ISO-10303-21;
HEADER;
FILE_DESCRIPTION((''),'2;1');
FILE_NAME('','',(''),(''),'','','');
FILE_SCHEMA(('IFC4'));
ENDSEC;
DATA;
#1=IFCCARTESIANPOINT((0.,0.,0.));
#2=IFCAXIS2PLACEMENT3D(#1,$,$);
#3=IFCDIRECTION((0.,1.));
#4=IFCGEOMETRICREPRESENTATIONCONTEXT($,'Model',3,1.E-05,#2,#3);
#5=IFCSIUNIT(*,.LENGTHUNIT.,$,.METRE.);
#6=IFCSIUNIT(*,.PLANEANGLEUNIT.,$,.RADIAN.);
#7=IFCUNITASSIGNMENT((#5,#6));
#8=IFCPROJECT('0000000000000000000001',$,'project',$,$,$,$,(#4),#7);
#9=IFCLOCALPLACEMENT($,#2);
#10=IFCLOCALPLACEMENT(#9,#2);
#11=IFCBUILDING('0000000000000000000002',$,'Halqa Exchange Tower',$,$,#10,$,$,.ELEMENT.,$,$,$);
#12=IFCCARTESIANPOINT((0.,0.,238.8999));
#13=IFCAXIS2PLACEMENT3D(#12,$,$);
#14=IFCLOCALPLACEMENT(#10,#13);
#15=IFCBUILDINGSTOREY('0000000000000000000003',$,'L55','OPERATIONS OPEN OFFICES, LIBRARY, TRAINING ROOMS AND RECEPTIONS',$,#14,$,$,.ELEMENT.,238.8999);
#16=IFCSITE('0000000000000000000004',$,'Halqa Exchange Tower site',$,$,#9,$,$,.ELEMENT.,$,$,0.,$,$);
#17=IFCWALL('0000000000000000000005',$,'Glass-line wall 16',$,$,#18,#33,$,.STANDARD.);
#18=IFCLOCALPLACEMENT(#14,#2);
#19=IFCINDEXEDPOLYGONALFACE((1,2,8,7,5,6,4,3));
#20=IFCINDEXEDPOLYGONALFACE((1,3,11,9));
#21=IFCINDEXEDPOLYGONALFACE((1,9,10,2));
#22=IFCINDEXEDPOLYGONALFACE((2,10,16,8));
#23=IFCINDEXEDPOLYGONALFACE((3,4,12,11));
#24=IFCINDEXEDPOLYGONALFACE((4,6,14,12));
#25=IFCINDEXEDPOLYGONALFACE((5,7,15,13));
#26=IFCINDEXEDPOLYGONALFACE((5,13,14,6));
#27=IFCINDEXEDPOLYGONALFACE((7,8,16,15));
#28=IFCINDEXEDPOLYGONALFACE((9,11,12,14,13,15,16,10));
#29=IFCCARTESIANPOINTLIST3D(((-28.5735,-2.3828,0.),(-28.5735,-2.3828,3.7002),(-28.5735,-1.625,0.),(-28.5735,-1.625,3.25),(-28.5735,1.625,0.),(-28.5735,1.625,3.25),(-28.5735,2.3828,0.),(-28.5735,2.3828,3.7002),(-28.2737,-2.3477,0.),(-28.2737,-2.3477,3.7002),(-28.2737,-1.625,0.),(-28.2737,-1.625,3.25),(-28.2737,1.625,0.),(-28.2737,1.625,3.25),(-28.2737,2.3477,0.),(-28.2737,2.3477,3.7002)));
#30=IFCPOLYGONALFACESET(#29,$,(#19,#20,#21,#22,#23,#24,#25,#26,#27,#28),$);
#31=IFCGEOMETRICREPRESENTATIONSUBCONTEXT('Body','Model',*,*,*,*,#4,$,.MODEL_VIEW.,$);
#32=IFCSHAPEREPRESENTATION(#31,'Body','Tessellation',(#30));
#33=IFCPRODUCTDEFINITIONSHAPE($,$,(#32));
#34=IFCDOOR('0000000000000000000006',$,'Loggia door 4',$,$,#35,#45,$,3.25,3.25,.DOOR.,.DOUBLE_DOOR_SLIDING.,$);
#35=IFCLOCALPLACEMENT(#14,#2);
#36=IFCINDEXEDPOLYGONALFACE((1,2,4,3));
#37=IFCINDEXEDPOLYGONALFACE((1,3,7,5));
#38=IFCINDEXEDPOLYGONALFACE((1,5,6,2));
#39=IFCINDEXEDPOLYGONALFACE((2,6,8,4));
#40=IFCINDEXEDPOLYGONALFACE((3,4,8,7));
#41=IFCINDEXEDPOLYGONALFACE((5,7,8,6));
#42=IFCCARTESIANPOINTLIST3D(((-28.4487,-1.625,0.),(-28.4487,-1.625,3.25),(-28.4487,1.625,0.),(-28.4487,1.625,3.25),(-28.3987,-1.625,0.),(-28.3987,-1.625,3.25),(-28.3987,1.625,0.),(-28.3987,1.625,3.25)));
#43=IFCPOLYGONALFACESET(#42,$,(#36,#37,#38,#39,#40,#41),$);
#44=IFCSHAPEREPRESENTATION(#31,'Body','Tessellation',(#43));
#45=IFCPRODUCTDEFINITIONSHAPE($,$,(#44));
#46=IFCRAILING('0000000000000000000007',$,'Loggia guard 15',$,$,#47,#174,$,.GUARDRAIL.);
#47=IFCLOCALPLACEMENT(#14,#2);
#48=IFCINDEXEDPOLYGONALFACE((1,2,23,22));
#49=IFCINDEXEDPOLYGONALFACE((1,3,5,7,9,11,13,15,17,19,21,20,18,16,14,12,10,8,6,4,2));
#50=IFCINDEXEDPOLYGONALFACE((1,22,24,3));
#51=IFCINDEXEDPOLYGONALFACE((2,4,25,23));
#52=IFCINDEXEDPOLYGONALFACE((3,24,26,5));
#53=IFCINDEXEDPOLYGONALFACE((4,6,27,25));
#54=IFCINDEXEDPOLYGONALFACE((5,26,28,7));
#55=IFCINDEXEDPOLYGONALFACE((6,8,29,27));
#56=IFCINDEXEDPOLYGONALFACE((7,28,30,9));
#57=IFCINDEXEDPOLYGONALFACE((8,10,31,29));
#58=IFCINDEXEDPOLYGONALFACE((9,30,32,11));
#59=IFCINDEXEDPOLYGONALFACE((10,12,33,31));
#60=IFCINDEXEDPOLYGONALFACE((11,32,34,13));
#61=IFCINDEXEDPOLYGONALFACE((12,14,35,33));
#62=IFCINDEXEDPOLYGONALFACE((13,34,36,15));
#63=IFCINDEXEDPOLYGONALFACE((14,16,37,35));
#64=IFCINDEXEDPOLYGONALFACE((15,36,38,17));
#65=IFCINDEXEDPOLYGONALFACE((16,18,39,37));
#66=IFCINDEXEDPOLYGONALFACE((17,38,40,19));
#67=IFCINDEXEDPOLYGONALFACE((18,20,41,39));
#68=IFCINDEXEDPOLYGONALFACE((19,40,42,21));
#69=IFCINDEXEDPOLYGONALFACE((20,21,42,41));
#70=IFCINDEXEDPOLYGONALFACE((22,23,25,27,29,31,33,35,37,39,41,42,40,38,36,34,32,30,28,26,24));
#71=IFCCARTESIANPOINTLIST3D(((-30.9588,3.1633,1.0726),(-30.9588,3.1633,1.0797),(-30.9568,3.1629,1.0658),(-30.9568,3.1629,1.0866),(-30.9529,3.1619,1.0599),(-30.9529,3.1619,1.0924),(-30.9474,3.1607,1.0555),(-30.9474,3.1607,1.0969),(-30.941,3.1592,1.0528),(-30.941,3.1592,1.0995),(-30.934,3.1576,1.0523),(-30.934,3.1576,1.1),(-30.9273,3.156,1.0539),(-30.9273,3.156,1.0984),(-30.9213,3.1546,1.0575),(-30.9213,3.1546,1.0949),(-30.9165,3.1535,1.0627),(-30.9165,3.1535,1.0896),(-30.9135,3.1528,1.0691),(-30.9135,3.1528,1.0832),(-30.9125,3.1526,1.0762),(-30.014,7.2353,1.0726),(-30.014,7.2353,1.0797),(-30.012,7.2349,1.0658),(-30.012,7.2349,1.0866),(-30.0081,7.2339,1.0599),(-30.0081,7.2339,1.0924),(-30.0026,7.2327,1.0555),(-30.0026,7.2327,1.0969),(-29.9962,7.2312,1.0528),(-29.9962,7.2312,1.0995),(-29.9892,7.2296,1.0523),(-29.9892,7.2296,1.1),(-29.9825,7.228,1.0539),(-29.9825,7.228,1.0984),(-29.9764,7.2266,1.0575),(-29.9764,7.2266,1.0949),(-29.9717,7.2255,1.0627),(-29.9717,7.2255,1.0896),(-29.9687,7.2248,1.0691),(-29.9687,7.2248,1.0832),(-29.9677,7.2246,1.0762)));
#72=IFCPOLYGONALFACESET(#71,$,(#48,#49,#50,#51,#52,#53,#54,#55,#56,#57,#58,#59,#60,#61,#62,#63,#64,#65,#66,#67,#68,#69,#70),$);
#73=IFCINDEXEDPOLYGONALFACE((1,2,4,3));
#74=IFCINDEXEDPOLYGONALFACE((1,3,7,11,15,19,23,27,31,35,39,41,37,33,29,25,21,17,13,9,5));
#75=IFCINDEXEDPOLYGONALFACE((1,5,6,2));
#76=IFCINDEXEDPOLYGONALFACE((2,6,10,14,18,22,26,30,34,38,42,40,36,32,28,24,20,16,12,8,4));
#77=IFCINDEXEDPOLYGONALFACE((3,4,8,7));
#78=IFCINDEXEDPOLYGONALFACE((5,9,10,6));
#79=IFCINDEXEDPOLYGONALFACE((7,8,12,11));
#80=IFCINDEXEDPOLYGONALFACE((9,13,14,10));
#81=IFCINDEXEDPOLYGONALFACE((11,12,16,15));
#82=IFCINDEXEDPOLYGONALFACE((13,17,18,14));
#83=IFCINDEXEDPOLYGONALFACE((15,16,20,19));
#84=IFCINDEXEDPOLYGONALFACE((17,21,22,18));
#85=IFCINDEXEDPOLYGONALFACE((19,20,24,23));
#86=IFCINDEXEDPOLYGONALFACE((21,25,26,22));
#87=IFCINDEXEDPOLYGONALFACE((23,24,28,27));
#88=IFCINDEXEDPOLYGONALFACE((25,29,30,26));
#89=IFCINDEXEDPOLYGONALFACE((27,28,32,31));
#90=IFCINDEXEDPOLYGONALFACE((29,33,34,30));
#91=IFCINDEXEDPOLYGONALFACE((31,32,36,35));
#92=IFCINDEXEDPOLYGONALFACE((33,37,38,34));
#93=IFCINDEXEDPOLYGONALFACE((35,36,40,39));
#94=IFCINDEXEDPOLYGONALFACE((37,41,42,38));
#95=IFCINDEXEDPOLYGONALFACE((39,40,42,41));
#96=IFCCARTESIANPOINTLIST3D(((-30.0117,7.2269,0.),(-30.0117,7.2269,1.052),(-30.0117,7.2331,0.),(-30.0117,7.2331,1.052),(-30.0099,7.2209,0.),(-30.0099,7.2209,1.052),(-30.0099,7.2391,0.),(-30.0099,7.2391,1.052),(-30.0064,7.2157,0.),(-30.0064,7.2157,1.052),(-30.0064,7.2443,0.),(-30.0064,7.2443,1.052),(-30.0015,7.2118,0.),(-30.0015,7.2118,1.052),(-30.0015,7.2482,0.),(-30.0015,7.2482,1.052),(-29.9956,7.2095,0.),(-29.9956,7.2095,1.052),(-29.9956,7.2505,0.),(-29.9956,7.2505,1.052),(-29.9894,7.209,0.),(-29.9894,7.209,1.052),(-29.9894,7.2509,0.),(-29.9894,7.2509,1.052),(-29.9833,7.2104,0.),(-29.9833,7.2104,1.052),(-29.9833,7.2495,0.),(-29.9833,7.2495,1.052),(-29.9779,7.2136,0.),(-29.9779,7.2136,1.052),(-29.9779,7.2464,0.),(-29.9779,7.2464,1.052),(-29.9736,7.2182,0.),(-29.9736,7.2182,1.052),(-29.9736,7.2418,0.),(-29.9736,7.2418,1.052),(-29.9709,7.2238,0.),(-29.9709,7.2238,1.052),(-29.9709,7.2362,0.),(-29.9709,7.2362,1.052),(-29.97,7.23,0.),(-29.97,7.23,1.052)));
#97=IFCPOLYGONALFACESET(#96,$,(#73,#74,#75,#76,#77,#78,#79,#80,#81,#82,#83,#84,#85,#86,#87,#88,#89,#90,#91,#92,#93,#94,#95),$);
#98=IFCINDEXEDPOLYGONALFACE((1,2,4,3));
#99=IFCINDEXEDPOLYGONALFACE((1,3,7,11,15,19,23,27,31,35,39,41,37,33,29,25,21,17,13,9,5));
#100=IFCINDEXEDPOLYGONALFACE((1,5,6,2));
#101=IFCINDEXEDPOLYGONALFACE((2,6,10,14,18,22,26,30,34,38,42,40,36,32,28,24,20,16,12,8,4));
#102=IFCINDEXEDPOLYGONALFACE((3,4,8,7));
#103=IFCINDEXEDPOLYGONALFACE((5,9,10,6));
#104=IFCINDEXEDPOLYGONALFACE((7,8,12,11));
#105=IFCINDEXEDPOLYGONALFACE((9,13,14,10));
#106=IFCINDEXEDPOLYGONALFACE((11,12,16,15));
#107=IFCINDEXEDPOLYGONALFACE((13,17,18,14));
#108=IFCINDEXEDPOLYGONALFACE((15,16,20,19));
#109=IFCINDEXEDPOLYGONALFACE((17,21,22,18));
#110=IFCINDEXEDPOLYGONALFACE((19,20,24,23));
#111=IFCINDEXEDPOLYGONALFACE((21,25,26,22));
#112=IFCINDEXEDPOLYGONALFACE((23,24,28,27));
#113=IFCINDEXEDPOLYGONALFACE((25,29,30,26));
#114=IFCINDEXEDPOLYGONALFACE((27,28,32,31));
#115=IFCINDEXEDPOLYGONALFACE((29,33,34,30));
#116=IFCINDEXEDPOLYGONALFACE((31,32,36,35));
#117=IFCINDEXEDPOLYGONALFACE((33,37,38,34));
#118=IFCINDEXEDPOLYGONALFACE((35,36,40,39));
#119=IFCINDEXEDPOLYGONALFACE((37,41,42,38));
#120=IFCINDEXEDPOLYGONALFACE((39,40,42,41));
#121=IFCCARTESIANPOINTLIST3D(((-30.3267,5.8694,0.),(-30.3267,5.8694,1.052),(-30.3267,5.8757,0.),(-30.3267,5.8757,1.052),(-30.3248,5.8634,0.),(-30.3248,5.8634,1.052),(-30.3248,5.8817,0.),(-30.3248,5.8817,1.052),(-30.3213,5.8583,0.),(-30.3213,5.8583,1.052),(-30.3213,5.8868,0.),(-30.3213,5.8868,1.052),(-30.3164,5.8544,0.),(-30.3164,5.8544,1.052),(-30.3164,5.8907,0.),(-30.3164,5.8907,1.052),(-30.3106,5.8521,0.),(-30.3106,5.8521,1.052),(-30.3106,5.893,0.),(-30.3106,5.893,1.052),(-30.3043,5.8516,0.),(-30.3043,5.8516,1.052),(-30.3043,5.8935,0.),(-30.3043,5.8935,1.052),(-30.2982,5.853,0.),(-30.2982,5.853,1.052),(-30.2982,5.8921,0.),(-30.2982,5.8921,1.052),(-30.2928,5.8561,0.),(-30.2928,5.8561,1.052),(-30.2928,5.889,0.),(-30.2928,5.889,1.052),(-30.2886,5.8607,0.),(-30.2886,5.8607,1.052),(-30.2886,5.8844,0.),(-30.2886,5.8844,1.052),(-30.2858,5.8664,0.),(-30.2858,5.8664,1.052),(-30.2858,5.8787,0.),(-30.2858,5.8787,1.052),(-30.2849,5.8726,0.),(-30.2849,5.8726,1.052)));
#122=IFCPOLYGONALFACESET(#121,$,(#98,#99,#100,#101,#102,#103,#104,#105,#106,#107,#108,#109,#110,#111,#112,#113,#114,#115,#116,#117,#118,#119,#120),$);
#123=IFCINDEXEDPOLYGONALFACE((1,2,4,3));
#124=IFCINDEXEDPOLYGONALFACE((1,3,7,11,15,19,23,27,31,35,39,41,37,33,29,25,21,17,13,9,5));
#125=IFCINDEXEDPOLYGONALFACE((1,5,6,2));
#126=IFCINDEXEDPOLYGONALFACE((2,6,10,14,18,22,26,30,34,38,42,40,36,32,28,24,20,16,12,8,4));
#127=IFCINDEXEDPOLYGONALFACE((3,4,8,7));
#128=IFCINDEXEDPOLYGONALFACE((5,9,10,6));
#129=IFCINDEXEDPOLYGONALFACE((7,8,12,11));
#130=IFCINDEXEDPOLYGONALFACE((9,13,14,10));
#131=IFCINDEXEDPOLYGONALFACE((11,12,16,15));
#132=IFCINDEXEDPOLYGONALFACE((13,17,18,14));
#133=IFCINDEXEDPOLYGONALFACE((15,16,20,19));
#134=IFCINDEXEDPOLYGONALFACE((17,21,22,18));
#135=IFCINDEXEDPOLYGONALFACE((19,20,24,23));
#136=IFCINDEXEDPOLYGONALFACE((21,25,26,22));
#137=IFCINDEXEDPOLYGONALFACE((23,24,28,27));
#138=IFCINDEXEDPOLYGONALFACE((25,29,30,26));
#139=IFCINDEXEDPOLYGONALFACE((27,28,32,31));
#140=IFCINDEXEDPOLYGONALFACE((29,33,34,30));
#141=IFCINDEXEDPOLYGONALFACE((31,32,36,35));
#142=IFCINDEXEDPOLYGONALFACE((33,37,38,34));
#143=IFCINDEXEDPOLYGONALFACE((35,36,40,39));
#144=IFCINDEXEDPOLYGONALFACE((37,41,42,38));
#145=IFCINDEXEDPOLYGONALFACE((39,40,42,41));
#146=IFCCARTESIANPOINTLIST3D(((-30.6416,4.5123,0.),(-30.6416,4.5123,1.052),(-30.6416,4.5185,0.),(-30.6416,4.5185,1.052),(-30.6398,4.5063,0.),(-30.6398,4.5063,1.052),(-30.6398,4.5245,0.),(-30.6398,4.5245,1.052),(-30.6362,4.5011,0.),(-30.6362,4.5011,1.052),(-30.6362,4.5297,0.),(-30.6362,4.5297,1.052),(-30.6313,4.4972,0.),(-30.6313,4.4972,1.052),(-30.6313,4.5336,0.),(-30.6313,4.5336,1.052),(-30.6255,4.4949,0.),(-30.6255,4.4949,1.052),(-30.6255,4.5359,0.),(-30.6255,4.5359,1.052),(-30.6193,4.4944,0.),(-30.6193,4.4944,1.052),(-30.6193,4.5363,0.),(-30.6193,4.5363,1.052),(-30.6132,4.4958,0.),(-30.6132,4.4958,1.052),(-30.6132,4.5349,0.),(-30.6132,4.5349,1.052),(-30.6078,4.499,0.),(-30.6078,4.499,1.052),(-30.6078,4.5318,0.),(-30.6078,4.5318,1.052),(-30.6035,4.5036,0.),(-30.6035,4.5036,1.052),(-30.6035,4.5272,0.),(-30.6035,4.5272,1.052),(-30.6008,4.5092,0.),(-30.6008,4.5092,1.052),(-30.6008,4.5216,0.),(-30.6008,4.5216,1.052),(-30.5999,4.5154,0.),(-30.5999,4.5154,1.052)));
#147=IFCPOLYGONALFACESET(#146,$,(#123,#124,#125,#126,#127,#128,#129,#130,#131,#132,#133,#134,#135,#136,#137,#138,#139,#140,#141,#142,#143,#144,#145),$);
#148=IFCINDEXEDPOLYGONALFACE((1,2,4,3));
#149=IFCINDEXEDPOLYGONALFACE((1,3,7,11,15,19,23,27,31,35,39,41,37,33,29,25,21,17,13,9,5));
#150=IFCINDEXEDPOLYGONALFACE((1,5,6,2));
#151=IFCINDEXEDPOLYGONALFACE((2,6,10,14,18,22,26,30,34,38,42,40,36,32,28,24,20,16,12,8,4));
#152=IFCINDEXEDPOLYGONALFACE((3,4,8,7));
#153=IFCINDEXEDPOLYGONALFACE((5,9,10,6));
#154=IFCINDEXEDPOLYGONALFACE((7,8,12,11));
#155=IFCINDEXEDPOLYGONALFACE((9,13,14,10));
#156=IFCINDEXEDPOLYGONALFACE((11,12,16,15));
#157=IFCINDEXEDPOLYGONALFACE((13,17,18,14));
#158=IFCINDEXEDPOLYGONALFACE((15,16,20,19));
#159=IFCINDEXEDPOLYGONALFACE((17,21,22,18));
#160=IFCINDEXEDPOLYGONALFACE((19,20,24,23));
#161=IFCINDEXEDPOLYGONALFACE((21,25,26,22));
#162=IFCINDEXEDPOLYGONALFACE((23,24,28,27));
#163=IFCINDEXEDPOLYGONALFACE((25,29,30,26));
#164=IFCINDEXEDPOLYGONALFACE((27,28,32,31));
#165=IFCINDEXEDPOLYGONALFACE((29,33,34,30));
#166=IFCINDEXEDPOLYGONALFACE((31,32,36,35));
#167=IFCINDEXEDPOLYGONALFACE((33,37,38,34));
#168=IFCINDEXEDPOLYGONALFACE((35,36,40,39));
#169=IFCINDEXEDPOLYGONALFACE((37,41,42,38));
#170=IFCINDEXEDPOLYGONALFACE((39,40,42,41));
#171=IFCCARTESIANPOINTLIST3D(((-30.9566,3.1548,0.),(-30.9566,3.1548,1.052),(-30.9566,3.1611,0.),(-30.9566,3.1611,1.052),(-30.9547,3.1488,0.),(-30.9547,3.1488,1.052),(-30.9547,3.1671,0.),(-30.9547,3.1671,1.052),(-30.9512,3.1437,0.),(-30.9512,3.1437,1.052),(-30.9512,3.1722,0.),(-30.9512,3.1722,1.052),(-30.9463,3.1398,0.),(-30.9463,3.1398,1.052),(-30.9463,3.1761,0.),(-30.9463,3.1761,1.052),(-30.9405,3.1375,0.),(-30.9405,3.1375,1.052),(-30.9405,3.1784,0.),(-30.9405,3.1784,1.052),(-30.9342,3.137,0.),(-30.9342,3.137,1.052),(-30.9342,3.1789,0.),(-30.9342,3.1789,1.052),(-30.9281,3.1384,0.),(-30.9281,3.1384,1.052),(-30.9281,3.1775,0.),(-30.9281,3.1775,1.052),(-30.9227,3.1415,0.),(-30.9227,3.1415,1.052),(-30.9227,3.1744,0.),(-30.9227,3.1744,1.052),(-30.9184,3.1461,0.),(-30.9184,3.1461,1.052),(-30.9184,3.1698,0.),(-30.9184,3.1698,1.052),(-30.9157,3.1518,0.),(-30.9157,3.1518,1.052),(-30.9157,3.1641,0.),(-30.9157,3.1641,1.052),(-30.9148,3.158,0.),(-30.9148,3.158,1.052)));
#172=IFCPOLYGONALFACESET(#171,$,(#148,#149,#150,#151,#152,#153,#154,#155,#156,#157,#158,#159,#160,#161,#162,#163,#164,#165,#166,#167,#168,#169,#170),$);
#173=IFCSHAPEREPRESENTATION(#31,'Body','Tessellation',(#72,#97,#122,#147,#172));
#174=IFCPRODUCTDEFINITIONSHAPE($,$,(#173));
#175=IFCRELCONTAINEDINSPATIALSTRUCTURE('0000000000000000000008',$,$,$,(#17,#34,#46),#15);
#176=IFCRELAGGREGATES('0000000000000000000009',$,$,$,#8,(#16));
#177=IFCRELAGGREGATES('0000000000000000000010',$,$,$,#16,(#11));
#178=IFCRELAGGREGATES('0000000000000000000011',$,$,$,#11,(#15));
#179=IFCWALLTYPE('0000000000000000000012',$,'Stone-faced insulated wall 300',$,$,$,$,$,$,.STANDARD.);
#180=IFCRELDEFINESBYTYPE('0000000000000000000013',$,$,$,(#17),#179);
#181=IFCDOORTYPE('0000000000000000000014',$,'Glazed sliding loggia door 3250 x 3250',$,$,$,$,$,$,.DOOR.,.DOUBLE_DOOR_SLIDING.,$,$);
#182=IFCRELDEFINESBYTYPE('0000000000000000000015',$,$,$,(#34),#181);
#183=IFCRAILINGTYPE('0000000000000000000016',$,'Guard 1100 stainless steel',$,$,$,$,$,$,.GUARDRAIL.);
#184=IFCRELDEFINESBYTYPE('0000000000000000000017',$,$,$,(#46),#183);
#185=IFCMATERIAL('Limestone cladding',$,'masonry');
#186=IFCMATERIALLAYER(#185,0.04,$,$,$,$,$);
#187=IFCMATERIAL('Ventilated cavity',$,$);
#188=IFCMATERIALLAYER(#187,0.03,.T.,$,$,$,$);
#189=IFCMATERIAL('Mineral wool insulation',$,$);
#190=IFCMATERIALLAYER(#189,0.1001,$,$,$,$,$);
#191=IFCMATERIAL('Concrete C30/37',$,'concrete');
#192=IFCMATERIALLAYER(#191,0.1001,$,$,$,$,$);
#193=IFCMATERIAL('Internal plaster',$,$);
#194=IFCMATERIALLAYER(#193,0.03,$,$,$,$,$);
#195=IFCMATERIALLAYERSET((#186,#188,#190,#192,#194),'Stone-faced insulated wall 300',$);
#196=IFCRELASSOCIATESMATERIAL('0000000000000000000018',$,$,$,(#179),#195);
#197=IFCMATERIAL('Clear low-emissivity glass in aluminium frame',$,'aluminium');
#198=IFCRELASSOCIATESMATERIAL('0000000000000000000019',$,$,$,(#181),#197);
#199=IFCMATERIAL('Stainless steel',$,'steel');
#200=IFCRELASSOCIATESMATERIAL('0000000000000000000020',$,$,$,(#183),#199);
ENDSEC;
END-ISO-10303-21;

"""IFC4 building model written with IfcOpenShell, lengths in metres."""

from ifc_helpers import new_model, si_unit, direction, frame, frame_2d, origin, origin_2d, place, context, subcontext, project, spatial, polyline, rectangle, circle, outline, extrude, material, layer, layer_set, type_object, element, fill, save


model = new_model("IFC4")

# Units and contexts
model_context = context("Model", 3, precision=1e-05, world=origin(), true_north=direction((0.0, 1.0)))
body_context = subcontext(model_context, "Body", "Model", "MODEL_VIEW")
ifc_project = project(units=[si_unit("LENGTHUNIT", "METRE"), si_unit("PLANEANGLEUNIT", "RADIAN")], contexts=[model_context])

# Site, building, storey
site_placement = place(None, origin())
site = spatial("IfcSite", under=ifc_project, at=site_placement, Name="Halqa Exchange Tower site", CompositionType="ELEMENT", RefElevation=0.0)
building_placement = place(site_placement, origin())
building = spatial("IfcBuilding", under=site, at=building_placement, Name="Halqa Exchange Tower", CompositionType="ELEMENT")
storey_placement = place(building_placement, frame((0.0, 0.0, 238.8999)))
storey = spatial("IfcBuildingStorey", under=building, at=storey_placement, Name="L55", Description="OPERATIONS OPEN OFFICES, LIBRARY, TRAINING ROOMS AND RECEPTIONS", CompositionType="ELEMENT", Elevation=238.8999)

# Shared definitions
ifc_material_1 = material(Name="Limestone cladding", Category="masonry")
ifc_layer_1 = layer(ifc_material_1, 0.04)
ifc_material_2 = material(Name="Ventilated cavity")
ifc_layer_2 = layer(ifc_material_2, 0.03, ventilated=True)
ifc_material_3 = material(Name="Mineral wool insulation")
ifc_layer_3 = layer(ifc_material_3, 0.1001)
ifc_material_4 = material(Name="Concrete C30/37", Category="concrete")
ifc_layer_4 = layer(ifc_material_4, 0.1001)
ifc_material_5 = material(Name="Internal plaster")
ifc_layer_5 = layer(ifc_material_5, 0.03)
ifc_layer_set_1 = layer_set([ifc_layer_1, ifc_layer_2, ifc_layer_3, ifc_layer_4, ifc_layer_5], Name="Stone-faced insulated wall 300")
wall_type_1 = type_object("IfcWallType", Name="Stone-faced insulated wall 300", PredefinedType="STANDARD", material=ifc_layer_set_1)
ifc_material_6 = material(Name="Clear low-emissivity glass in aluminium frame", Category="aluminium")

# Wall, opening, door
wall_1_placement = place(storey_placement, frame((-28.4236, 2.3652, 0.0), z_axis=(0.0, 0.0, 1.0), x_axis=(0.0, -1.0, 0.0)))
wall_1 = element("IfcWall", 1, at=wall_1_placement, inside=storey, type_object=wall_type_1, Name="Glass-line wall 16", PredefinedType="STANDARD", context=body_context, shape_type="SweptSolid", body=[
    extrude(outline(polyline([(-0.0176, -0.1499), (4.748, -0.1499), (4.7129, 0.1499), (0.0176, 0.1499), (-0.0176, -0.1499)])), origin(), (0.0, 0.0, 1.0), 3.7002),
])
opening_1_placement = place(wall_1_placement, frame((0.7402, 0.0, 0.0)))
opening_1 = element("IfcOpeningElement", 2, at=opening_1_placement, cuts=wall_1, PredefinedType="OPENING", context=body_context, shape_type="SweptSolid", body=[
    extrude(rectangle(XDim=3.25, YDim=3.25, at=frame_2d((1.625, 1.625))), frame((0.0, 0.1621, 0.0), z_axis=(0.0, -1.0, 0.0), x_axis=(1.0, 0.0, 0.0)), (0.0, 0.0, 1.0), 0.324),
])
door_type_1 = type_object("IfcDoorType", Name="Glazed sliding loggia door 3250 x 3250", OperationType="DOUBLE_DOOR_SLIDING", PredefinedType="DOOR", material=ifc_material_6)
door_1_placement = place(opening_1_placement, origin())
door_1 = element("IfcDoor", 3, at=door_1_placement, inside=storey, type_object=door_type_1, Name="Loggia door 4", OperationType="DOUBLE_DOOR_SLIDING", OverallHeight=3.25, OverallWidth=3.25, PredefinedType="DOOR", context=body_context, shape_type="SweptSolid", body=[
    extrude(rectangle(XDim=3.25, YDim=3.25, at=frame_2d((1.625, 1.625))), frame((0.0, 0.0249, 0.0), z_axis=(0.0, -1.0, 0.0), x_axis=(1.0, 0.0, 0.0)), (0.0, 0.0, 1.0), 0.05),
])
fill(opening_1, door_1)

# Railing
ifc_material_7 = material(Name="Stainless steel", Category="steel")
railing_type = type_object("IfcRailingType", Name="Guard 1100 stainless steel", PredefinedType="GUARDRAIL", material=ifc_material_7)
railing_1_placement = place(storey_placement, frame((-29.991, 7.23, 0.0)))
element("IfcRailing", 4, at=railing_1_placement, inside=storey, type_object=railing_type, Name="Loggia guard 15", PredefinedType="GUARDRAIL", context=body_context, shape_type="SweptSolid", body=[
    extrude(circle(Radius=0.0239, at=origin_2d()), frame((0.0, 0.0, 1.0762), z_axis=(-0.226024, -0.974122, 0.0), x_axis=(0.974122, -0.226024, 0.0)), (0.0, 0.0, 1.0), 4.1802),
    extrude(circle(Radius=0.021, at=origin_2d()), origin(), (0.0, 0.0, 1.0), 1.052),
    extrude(circle(Radius=0.021, at=origin_2d()), frame((-0.3149, -1.3574, 0.0)), (0.0, 0.0, 1.0), 1.052),
    extrude(circle(Radius=0.021, at=origin_2d()), frame((-0.6299, -2.7146, 0.0)), (0.0, 0.0, 1.0), 1.052),
    extrude(circle(Radius=0.021, at=origin_2d()), frame((-0.9448, -4.072, 0.0)), (0.0, 0.0, 1.0), 1.052),
])

save(model, "model.ifc")
